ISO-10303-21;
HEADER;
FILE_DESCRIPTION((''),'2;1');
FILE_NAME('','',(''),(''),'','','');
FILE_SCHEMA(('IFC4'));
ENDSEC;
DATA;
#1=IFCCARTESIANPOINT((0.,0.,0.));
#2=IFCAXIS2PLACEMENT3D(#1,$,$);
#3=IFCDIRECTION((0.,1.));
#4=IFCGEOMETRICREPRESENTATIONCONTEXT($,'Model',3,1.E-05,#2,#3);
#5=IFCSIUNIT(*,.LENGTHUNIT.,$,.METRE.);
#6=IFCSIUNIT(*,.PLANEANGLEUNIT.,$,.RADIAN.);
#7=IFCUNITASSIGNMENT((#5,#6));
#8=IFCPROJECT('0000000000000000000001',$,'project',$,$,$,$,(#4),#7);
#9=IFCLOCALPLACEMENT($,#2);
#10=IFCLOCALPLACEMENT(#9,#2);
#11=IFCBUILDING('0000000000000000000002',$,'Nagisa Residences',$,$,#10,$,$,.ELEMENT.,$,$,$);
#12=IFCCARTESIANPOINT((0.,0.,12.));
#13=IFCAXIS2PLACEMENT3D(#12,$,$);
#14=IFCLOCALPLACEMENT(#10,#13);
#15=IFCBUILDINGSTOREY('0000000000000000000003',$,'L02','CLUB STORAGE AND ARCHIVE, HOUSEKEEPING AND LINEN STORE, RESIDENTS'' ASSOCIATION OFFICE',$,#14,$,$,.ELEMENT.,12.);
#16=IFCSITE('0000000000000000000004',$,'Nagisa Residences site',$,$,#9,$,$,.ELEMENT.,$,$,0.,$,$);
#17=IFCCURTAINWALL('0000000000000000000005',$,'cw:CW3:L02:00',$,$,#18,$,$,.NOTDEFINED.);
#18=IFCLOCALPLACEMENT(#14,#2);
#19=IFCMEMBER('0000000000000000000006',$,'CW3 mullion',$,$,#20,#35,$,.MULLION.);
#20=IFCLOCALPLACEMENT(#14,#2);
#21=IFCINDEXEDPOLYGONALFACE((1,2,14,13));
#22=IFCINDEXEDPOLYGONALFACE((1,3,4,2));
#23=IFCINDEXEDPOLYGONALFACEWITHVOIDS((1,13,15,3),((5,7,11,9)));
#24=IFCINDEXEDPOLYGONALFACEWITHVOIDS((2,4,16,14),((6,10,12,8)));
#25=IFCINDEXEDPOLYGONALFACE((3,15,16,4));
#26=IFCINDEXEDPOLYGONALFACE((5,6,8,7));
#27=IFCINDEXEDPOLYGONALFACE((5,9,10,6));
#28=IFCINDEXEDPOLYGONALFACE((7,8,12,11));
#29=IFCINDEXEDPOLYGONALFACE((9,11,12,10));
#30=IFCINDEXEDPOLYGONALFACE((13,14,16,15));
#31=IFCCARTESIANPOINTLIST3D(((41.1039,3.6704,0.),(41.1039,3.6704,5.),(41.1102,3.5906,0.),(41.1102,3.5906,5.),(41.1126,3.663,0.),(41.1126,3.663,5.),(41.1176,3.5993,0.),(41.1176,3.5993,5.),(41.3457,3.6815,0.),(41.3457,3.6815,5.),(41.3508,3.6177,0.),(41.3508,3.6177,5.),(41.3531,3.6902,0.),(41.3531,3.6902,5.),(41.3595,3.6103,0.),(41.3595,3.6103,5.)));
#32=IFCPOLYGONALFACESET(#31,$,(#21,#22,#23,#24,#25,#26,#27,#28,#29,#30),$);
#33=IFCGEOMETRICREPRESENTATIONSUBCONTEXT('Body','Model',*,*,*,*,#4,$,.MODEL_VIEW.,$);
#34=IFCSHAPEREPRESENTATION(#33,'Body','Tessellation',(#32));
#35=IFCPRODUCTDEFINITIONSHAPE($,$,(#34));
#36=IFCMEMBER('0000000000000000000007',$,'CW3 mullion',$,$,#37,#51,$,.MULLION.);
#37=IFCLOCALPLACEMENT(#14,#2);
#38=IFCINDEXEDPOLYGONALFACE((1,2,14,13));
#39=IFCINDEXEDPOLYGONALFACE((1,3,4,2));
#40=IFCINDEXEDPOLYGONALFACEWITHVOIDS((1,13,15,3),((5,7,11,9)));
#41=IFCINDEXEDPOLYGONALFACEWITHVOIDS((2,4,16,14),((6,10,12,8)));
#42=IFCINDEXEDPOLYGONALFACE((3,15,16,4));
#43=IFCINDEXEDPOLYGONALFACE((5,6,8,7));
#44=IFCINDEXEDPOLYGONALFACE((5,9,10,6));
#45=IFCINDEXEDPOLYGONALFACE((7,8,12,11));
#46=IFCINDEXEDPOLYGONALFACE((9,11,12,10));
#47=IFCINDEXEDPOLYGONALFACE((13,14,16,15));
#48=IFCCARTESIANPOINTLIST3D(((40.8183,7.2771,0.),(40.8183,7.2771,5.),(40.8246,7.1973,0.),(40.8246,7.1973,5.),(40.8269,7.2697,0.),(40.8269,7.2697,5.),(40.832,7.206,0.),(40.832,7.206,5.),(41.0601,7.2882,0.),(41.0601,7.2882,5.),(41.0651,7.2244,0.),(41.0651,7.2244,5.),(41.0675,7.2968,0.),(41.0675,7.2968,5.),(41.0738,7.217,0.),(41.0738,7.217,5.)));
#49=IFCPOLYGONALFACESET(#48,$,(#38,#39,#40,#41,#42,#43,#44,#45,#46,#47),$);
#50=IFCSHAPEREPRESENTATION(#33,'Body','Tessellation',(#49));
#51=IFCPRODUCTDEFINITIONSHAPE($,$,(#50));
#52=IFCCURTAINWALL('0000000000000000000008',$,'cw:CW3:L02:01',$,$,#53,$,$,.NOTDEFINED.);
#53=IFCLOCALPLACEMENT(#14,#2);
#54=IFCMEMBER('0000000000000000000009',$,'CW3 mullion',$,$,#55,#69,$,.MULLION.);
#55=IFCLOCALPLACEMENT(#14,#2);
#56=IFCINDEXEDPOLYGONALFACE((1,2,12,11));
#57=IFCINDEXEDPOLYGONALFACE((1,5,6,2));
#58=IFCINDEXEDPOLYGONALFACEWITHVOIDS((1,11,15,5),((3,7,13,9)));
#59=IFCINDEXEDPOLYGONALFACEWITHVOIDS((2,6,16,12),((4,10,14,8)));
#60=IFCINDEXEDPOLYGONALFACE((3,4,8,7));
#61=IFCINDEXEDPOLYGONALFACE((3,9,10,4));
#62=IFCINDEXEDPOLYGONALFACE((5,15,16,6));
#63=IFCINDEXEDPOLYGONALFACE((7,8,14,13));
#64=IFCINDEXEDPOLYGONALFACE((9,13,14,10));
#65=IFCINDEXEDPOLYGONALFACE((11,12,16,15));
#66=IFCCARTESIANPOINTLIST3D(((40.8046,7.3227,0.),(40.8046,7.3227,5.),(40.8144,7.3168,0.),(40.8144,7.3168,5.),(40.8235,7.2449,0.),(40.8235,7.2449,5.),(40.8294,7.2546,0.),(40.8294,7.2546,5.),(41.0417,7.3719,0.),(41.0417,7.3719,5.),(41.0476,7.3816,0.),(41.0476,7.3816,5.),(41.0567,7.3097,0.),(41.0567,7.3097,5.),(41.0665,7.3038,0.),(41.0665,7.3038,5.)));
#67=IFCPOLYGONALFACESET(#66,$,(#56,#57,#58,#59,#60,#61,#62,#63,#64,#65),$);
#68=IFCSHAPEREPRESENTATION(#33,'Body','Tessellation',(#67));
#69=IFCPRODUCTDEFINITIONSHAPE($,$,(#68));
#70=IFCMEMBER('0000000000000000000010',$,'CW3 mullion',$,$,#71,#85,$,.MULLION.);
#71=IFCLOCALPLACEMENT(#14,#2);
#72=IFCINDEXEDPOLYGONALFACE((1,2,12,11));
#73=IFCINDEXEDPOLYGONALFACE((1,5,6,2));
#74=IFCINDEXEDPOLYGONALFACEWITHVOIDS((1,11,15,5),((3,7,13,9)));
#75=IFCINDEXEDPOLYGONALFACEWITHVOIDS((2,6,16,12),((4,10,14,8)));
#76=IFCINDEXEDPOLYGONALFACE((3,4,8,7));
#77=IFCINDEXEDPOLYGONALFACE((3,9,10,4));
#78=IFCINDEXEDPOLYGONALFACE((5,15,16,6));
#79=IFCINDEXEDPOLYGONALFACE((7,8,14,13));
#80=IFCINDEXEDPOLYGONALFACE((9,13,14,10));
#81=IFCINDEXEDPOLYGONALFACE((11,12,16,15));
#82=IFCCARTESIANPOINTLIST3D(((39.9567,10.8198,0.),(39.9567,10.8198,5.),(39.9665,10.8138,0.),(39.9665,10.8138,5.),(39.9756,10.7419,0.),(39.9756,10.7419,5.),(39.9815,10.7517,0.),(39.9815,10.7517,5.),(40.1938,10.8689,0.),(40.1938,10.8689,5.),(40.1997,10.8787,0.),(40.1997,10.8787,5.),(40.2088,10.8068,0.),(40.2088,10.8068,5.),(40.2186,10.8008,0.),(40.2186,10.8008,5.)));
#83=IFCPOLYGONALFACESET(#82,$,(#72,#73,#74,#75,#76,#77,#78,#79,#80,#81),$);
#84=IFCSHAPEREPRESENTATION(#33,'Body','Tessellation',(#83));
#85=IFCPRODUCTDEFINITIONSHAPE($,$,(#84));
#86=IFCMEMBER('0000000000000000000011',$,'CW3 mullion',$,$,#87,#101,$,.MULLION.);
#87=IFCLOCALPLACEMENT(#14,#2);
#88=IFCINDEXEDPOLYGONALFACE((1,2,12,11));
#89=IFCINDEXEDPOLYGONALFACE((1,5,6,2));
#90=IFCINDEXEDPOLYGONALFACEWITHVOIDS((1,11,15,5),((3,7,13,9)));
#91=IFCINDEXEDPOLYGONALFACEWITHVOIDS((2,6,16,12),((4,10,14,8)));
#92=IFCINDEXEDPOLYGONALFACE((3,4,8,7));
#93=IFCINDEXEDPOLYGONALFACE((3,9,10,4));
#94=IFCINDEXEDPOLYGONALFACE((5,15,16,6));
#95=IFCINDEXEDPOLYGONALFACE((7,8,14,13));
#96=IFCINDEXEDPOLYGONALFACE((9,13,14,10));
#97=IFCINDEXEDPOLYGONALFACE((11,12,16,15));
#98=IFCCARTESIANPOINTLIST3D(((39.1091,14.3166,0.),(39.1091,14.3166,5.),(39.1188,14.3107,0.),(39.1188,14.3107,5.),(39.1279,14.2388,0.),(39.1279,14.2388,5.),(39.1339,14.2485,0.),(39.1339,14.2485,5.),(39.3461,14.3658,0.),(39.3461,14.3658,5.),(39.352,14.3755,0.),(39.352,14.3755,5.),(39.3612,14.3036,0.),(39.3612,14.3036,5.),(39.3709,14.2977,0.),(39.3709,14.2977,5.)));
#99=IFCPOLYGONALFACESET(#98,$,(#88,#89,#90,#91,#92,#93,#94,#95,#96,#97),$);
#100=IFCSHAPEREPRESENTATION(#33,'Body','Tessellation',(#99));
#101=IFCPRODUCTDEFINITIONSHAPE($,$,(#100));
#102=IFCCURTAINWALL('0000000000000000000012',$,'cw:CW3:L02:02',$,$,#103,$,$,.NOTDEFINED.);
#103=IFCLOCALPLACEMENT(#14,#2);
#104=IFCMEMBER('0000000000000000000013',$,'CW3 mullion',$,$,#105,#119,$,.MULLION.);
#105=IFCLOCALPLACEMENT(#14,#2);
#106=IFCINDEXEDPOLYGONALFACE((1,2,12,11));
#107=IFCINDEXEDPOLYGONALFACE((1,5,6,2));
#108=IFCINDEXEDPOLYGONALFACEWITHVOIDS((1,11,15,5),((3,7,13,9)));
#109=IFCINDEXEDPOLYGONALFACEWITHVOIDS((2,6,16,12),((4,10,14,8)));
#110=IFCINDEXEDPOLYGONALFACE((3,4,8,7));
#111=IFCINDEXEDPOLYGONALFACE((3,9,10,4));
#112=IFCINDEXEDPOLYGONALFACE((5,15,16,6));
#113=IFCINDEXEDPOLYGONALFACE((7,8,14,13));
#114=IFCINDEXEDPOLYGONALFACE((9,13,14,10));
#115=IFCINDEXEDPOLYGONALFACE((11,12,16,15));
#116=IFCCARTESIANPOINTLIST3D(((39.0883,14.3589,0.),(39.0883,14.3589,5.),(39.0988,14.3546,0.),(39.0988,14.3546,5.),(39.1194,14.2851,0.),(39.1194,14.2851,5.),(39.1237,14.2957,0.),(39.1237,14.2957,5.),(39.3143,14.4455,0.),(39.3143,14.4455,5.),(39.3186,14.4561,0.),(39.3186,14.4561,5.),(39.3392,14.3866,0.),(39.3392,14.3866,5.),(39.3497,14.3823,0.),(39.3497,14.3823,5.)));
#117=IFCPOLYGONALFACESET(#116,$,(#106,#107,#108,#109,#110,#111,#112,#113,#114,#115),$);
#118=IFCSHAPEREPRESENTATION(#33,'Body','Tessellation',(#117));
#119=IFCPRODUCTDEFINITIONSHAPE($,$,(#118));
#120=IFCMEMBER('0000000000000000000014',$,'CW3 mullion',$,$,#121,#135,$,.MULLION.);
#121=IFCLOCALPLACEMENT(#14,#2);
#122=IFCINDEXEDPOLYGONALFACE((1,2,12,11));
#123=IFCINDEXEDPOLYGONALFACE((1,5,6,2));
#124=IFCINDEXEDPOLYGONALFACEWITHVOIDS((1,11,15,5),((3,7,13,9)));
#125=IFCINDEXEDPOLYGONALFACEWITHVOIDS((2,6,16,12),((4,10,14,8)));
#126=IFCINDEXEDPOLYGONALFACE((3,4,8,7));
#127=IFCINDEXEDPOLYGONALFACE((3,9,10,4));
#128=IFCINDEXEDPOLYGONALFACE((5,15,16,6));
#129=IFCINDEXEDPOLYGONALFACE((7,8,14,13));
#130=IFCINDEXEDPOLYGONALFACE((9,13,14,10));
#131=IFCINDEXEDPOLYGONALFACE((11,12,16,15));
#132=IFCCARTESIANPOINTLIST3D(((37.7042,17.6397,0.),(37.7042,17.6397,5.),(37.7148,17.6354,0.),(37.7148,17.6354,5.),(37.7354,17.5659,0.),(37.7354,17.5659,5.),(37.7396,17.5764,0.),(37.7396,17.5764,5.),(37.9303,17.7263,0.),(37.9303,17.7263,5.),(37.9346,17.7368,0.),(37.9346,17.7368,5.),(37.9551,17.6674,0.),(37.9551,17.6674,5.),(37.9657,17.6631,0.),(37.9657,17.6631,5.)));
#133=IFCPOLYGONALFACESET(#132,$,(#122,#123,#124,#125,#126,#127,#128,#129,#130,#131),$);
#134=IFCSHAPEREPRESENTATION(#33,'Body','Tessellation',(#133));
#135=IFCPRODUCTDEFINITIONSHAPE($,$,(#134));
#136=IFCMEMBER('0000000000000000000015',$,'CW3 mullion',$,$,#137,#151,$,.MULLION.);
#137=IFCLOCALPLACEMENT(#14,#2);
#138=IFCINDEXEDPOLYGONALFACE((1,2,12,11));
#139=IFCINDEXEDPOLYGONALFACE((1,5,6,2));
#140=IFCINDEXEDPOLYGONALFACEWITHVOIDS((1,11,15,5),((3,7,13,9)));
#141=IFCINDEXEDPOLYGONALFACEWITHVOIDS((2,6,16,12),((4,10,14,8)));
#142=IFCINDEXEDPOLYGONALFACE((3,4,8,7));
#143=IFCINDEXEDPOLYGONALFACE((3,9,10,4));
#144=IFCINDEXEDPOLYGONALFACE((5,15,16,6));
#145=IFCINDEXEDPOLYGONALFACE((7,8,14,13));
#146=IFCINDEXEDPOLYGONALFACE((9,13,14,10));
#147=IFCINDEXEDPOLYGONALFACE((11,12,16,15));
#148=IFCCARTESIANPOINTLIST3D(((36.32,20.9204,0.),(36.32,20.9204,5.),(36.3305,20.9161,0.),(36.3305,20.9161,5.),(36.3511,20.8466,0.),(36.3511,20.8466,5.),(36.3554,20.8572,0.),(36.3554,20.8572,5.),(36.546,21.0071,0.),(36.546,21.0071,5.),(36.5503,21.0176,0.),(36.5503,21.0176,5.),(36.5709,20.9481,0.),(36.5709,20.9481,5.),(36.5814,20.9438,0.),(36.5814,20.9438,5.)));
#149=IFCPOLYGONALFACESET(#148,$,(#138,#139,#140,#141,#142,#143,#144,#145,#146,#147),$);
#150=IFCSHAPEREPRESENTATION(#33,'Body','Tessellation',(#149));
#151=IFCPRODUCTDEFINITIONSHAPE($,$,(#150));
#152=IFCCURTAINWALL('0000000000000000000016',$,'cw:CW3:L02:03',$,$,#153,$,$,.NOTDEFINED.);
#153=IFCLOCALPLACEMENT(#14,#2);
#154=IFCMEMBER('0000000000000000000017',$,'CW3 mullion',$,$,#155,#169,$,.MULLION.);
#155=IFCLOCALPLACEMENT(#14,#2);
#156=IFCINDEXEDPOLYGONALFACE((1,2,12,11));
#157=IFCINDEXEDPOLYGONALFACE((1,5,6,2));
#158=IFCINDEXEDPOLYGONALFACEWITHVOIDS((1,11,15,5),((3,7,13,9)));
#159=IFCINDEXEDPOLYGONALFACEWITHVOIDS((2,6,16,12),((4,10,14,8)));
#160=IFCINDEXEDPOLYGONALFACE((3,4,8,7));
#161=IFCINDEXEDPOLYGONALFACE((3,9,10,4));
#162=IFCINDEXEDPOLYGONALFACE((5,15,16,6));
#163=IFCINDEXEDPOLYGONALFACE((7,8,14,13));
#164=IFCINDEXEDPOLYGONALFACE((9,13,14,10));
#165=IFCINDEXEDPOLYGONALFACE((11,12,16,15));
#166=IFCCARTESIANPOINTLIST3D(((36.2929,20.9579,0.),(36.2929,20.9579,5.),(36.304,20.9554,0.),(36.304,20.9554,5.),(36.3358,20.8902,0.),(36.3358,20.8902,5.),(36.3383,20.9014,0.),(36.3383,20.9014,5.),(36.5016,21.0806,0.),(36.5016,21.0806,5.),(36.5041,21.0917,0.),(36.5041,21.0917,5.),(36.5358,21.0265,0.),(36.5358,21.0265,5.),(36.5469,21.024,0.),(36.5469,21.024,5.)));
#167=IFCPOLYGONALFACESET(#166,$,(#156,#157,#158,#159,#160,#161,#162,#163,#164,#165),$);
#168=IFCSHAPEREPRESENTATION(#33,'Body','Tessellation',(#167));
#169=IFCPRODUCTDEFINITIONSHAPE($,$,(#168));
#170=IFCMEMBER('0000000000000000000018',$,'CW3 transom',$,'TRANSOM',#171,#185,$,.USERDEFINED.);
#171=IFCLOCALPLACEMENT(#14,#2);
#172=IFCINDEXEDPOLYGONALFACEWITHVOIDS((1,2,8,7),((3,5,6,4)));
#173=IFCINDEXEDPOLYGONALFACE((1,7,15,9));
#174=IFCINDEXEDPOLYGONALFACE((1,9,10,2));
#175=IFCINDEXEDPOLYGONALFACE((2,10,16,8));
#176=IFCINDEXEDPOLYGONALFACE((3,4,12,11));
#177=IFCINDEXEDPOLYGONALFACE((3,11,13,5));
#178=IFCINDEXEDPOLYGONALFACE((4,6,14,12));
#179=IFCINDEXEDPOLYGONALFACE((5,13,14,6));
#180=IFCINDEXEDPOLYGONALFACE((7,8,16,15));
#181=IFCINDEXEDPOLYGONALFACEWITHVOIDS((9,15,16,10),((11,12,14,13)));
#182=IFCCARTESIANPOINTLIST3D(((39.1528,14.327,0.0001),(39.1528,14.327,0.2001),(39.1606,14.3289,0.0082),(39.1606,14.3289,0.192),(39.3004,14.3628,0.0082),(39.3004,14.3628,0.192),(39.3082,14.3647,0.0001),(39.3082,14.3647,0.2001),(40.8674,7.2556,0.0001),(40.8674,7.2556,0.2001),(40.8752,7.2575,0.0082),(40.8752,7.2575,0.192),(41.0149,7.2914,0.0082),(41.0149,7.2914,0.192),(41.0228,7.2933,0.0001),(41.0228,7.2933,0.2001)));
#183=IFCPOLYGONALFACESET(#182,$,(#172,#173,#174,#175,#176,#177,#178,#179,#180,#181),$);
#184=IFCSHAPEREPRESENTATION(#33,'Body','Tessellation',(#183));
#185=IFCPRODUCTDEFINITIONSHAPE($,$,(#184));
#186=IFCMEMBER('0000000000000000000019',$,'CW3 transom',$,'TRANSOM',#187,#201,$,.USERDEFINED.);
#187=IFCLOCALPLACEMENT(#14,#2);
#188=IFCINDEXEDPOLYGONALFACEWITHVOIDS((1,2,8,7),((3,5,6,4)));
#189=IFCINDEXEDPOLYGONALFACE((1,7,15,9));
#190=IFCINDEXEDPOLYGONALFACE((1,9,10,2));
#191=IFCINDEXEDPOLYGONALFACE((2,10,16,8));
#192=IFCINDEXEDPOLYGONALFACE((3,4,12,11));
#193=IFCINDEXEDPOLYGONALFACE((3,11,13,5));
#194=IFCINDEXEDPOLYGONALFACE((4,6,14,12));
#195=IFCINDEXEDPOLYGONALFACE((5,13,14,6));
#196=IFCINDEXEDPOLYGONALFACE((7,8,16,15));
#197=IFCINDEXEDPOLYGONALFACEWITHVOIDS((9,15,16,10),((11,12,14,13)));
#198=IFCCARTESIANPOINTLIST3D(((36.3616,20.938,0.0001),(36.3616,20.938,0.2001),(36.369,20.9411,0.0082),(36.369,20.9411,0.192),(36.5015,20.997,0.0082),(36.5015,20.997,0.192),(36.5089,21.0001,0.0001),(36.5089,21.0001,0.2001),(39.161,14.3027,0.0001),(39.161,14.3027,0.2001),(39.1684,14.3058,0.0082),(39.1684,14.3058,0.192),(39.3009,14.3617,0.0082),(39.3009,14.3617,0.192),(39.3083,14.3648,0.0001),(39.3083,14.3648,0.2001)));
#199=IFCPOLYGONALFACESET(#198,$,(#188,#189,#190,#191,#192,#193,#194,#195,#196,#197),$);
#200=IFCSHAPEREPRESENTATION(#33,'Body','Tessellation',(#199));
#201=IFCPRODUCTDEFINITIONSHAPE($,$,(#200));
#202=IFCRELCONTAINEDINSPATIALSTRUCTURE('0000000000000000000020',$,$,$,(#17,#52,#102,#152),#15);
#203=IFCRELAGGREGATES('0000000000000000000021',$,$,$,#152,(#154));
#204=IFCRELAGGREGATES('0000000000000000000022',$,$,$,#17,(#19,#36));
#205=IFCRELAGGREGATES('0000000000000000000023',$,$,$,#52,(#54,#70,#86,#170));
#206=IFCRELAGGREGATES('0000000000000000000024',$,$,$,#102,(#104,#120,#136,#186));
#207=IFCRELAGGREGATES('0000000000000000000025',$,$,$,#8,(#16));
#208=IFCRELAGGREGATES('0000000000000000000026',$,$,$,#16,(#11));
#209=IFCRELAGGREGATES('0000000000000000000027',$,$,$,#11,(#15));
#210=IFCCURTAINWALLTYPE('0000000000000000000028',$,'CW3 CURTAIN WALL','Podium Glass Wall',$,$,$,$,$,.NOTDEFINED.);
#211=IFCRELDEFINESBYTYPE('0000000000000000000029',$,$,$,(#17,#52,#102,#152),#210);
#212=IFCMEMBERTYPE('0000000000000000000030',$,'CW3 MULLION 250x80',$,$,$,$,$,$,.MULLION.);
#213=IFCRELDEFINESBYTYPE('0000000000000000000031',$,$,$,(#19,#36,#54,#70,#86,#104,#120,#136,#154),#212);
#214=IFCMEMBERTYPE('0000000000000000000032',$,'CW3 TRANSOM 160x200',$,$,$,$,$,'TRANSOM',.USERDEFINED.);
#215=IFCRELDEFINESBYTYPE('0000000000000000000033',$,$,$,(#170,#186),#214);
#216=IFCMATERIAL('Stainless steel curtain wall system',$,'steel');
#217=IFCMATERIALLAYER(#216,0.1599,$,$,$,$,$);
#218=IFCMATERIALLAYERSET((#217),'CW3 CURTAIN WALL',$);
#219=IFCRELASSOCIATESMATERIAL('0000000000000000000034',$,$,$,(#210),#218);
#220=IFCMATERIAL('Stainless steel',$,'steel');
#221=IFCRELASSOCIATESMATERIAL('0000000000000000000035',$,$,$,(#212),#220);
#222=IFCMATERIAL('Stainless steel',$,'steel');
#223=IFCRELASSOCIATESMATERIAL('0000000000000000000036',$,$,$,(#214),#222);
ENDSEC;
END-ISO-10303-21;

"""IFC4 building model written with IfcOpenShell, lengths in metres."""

from ifc_helpers import new_model, si_unit, direction, frame, origin, origin_2d, place, context, subcontext, project, spatial, hollow_rectangle, extrude, material, layer, layer_set, material_profile, profile_set, type_object, element, aggregate, save


model = new_model("IFC4")

# Units and contexts
model_context = context("Model", 3, precision=1e-05, world=origin(), true_north=direction((0.0, 1.0)))
body_context = subcontext(model_context, "Body", "Model", "MODEL_VIEW")
ifc_project = project(units=[si_unit("LENGTHUNIT", "METRE"), si_unit("PLANEANGLEUNIT", "RADIAN")], contexts=[model_context])

# Site, building, storey
site_placement = place(None, origin())
site = spatial("IfcSite", under=ifc_project, at=site_placement, Name="Nagisa Residences site", CompositionType="ELEMENT", RefElevation=0.0)
building_placement = place(site_placement, origin())
building = spatial("IfcBuilding", under=site, at=building_placement, Name="Nagisa Residences", CompositionType="ELEMENT")
storey_placement = place(building_placement, frame((0.0, 0.0, 12.0)))
storey = spatial("IfcBuildingStorey", under=building, at=storey_placement, Name="L02", Description="CLUB STORAGE AND ARCHIVE, HOUSEKEEPING AND LINEN STORE, RESIDENTS' ASSOCIATION OFFICE", CompositionType="ELEMENT", Elevation=12.0)

# Curtain walls, members
ifc_material_1 = material(Name="Stainless steel curtain wall system", Category="steel")
ifc_layer_1 = layer(ifc_material_1, 0.1599)
ifc_layer_set_1 = layer_set([ifc_layer_1], Name="CW3 CURTAIN WALL")
curtain_wall_type_1 = type_object("IfcCurtainWallType", Name="CW3 CURTAIN WALL", Description="Podium Glass Wall", PredefinedType="NOTDEFINED", material=ifc_layer_set_1)
curtain_wall_1_placement = place(storey_placement, origin())
curtain_wall_1 = element("IfcCurtainWall", 1, at=curtain_wall_1_placement, inside=storey, type_object=curtain_wall_type_1, Name="cw:CW3:L02:00", PredefinedType="NOTDEFINED")
ifc_material_2 = material(Name="Stainless steel", Category="steel")
ifc_material_profile_1 = material_profile(ifc_material_2, hollow_rectangle(XDim=0.25, YDim=0.0801, WallThickness=0.0081, at=origin_2d()), Name="CW3 MULLION 250x80")
ifc_profile_set_1 = profile_set([ifc_material_profile_1], Name="Stainless steel")
member_type_1 = type_object("IfcMemberType", Name="CW3 MULLION 250x80", PredefinedType="MULLION", material=ifc_profile_set_1)
member_1_placement = place(storey_placement, frame((41.2317, 3.6404, 0.0), z_axis=(0.0, 0.0, 1.0), x_axis=(-0.996882, -0.07891, 0.0)))
member_1 = element("IfcMember", 2, at=member_1_placement, type_object=member_type_1, Name="CW3 mullion", PredefinedType="MULLION", context=body_context, shape_type="SweptSolid", body=[
    extrude(hollow_rectangle(XDim=0.25, YDim=0.0801, WallThickness=0.0081, at=origin_2d()), origin(), (0.0, 0.0, 1.0), 5.0),
])
member_2_placement = place(storey_placement, frame((40.946, 7.2471, 0.0), z_axis=(0.0, 0.0, 1.0), x_axis=(-0.996882, -0.07891, 0.0)))
member_2 = element("IfcMember", 3, at=member_2_placement, type_object=member_type_1, Name="CW3 mullion", PredefinedType="MULLION", context=body_context, shape_type="SweptSolid", body=[
    extrude(hollow_rectangle(XDim=0.25, YDim=0.0801, WallThickness=0.0081, at=origin_2d()), origin(), (0.0, 0.0, 1.0), 5.0),
])
curtain_wall_2_placement = place(storey_placement, origin())
curtain_wall_2 = element("IfcCurtainWall", 4, at=curtain_wall_2_placement, inside=storey, type_object=curtain_wall_type_1, Name="cw:CW3:L02:01", PredefinedType="NOTDEFINED")
member_3_placement = place(storey_placement, frame((40.9355, 7.3132, 0.0), z_axis=(0.0, 0.0, 1.0), x_axis=(-0.971849, -0.235606, 0.0)))
member_3 = element("IfcMember", 5, at=member_3_placement, type_object=member_type_1, Name="CW3 mullion", PredefinedType="MULLION", context=body_context, shape_type="SweptSolid", body=[
    extrude(hollow_rectangle(XDim=0.25, YDim=0.0801, WallThickness=0.0081, at=origin_2d()), origin(), (0.0, 0.0, 1.0), 5.0),
])
member_4_placement = place(storey_placement, frame((40.0876, 10.8103, 0.0), z_axis=(0.0, 0.0, 1.0), x_axis=(-0.971849, -0.235606, 0.0)))
member_4 = element("IfcMember", 6, at=member_4_placement, type_object=member_type_1, Name="CW3 mullion", PredefinedType="MULLION", context=body_context, shape_type="SweptSolid", body=[
    extrude(hollow_rectangle(XDim=0.25, YDim=0.0801, WallThickness=0.0081, at=origin_2d()), origin(), (0.0, 0.0, 1.0), 5.0),
])
member_5_placement = place(storey_placement, frame((39.24, 14.3071, 0.0), z_axis=(0.0, 0.0, 1.0), x_axis=(-0.971849, -0.235606, 0.0)))
member_5 = element("IfcMember", 7, at=member_5_placement, type_object=member_type_1, Name="CW3 mullion", PredefinedType="MULLION", context=body_context, shape_type="SweptSolid", body=[
    extrude(hollow_rectangle(XDim=0.25, YDim=0.0801, WallThickness=0.0081, at=origin_2d()), origin(), (0.0, 0.0, 1.0), 5.0),
])
curtain_wall_3_placement = place(storey_placement, origin())
curtain_wall_3 = element("IfcCurtainWall", 8, at=curtain_wall_3_placement, inside=storey, type_object=curtain_wall_type_1, Name="cw:CW3:L02:02", PredefinedType="NOTDEFINED")
member_6_placement = place(storey_placement, frame((39.219, 14.3706, 0.0), z_axis=(0.0, 0.0, 1.0), x_axis=(-0.921357, -0.388718, 0.0)))
member_6 = element("IfcMember", 9, at=member_6_placement, type_object=member_type_1, Name="CW3 mullion", PredefinedType="MULLION", context=body_context, shape_type="SweptSolid", body=[
    extrude(hollow_rectangle(XDim=0.25, YDim=0.0801, WallThickness=0.0081, at=origin_2d()), origin(), (0.0, 0.0, 1.0), 5.0),
])
member_7_placement = place(storey_placement, frame((37.835, 17.6514, 0.0), z_axis=(0.0, 0.0, 1.0), x_axis=(-0.921357, -0.388718, 0.0)))
member_7 = element("IfcMember", 10, at=member_7_placement, type_object=member_type_1, Name="CW3 mullion", PredefinedType="MULLION", context=body_context, shape_type="SweptSolid", body=[
    extrude(hollow_rectangle(XDim=0.25, YDim=0.0801, WallThickness=0.0081, at=origin_2d()), origin(), (0.0, 0.0, 1.0), 5.0),
])
member_8_placement = place(storey_placement, frame((36.4507, 20.9321, 0.0), z_axis=(0.0, 0.0, 1.0), x_axis=(-0.921357, -0.388718, 0.0)))
member_8 = element("IfcMember", 11, at=member_8_placement, type_object=member_type_1, Name="CW3 mullion", PredefinedType="MULLION", context=body_context, shape_type="SweptSolid", body=[
    extrude(hollow_rectangle(XDim=0.25, YDim=0.0801, WallThickness=0.0081, at=origin_2d()), origin(), (0.0, 0.0, 1.0), 5.0),
])

# Curtain wall, member
curtain_wall_4_placement = place(storey_placement, origin())
curtain_wall_4 = element("IfcCurtainWall", 12, at=curtain_wall_4_placement, inside=storey, type_object=curtain_wall_type_1, Name="cw:CW3:L02:03", PredefinedType="NOTDEFINED")
member_9_placement = place(storey_placement, frame((36.4199, 20.991, 0.0), z_axis=(0.0, 0.0, 1.0), x_axis=(-0.844747, -0.535165, 0.0)))
member_9 = element("IfcMember", 13, at=member_9_placement, type_object=member_type_1, Name="CW3 mullion", PredefinedType="MULLION", context=body_context, shape_type="SweptSolid", body=[
    extrude(hollow_rectangle(XDim=0.25, YDim=0.0801, WallThickness=0.0081, at=origin_2d()), origin(), (0.0, 0.0, 1.0), 5.0),
])

# Members
ifc_material_3 = material(Name="Stainless steel", Category="steel")
ifc_material_profile_2 = material_profile(ifc_material_3, hollow_rectangle(XDim=0.1599, YDim=0.2, WallThickness=0.0081, at=origin_2d()), Name="CW3 TRANSOM 160x200")
ifc_profile_set_2 = profile_set([ifc_material_profile_2], Name="Stainless steel")
member_type_2 = type_object("IfcMemberType", Name="CW3 TRANSOM 160x200", ElementType="TRANSOM", PredefinedType="USERDEFINED", material=ifc_profile_set_2)
member_10_placement = place(storey_placement, frame((40.9451, 7.2744, 0.1001), z_axis=(-0.235637, 0.971841, 0.0), x_axis=(-0.971841, -0.235637, 0.0)))
member_10 = element("IfcMember", 14, at=member_10_placement, type_object=member_type_2, Name="CW3 transom", ObjectType="TRANSOM", PredefinedType="USERDEFINED", context=body_context, shape_type="SweptSolid", body=[
    extrude(hollow_rectangle(XDim=0.1599, YDim=0.2, WallThickness=0.0081, at=origin_2d()), origin(), (0.0, 0.0, 1.0), 7.2764),
])
member_11_placement = place(storey_placement, frame((39.2346, 14.3337, 0.1001), z_axis=(-0.388709, 0.921361, 0.0), x_axis=(-0.921361, -0.388709, 0.0)))
member_11 = element("IfcMember", 15, at=member_11_placement, type_object=member_type_2, Name="CW3 transom", ObjectType="TRANSOM", PredefinedType="USERDEFINED", context=body_context, shape_type="SweptSolid", body=[
    extrude(hollow_rectangle(XDim=0.1599, YDim=0.2, WallThickness=0.0081, at=origin_2d()), origin(), (0.0, 0.0, 1.0), 7.2017),
])
aggregate(curtain_wall_4, [member_9])

aggregate(curtain_wall_1, [member_1, member_2])
aggregate(curtain_wall_2, [member_3, member_4, member_5, member_10])
aggregate(curtain_wall_3, [member_6, member_7, member_8, member_11])

save(model, "model.ifc")
